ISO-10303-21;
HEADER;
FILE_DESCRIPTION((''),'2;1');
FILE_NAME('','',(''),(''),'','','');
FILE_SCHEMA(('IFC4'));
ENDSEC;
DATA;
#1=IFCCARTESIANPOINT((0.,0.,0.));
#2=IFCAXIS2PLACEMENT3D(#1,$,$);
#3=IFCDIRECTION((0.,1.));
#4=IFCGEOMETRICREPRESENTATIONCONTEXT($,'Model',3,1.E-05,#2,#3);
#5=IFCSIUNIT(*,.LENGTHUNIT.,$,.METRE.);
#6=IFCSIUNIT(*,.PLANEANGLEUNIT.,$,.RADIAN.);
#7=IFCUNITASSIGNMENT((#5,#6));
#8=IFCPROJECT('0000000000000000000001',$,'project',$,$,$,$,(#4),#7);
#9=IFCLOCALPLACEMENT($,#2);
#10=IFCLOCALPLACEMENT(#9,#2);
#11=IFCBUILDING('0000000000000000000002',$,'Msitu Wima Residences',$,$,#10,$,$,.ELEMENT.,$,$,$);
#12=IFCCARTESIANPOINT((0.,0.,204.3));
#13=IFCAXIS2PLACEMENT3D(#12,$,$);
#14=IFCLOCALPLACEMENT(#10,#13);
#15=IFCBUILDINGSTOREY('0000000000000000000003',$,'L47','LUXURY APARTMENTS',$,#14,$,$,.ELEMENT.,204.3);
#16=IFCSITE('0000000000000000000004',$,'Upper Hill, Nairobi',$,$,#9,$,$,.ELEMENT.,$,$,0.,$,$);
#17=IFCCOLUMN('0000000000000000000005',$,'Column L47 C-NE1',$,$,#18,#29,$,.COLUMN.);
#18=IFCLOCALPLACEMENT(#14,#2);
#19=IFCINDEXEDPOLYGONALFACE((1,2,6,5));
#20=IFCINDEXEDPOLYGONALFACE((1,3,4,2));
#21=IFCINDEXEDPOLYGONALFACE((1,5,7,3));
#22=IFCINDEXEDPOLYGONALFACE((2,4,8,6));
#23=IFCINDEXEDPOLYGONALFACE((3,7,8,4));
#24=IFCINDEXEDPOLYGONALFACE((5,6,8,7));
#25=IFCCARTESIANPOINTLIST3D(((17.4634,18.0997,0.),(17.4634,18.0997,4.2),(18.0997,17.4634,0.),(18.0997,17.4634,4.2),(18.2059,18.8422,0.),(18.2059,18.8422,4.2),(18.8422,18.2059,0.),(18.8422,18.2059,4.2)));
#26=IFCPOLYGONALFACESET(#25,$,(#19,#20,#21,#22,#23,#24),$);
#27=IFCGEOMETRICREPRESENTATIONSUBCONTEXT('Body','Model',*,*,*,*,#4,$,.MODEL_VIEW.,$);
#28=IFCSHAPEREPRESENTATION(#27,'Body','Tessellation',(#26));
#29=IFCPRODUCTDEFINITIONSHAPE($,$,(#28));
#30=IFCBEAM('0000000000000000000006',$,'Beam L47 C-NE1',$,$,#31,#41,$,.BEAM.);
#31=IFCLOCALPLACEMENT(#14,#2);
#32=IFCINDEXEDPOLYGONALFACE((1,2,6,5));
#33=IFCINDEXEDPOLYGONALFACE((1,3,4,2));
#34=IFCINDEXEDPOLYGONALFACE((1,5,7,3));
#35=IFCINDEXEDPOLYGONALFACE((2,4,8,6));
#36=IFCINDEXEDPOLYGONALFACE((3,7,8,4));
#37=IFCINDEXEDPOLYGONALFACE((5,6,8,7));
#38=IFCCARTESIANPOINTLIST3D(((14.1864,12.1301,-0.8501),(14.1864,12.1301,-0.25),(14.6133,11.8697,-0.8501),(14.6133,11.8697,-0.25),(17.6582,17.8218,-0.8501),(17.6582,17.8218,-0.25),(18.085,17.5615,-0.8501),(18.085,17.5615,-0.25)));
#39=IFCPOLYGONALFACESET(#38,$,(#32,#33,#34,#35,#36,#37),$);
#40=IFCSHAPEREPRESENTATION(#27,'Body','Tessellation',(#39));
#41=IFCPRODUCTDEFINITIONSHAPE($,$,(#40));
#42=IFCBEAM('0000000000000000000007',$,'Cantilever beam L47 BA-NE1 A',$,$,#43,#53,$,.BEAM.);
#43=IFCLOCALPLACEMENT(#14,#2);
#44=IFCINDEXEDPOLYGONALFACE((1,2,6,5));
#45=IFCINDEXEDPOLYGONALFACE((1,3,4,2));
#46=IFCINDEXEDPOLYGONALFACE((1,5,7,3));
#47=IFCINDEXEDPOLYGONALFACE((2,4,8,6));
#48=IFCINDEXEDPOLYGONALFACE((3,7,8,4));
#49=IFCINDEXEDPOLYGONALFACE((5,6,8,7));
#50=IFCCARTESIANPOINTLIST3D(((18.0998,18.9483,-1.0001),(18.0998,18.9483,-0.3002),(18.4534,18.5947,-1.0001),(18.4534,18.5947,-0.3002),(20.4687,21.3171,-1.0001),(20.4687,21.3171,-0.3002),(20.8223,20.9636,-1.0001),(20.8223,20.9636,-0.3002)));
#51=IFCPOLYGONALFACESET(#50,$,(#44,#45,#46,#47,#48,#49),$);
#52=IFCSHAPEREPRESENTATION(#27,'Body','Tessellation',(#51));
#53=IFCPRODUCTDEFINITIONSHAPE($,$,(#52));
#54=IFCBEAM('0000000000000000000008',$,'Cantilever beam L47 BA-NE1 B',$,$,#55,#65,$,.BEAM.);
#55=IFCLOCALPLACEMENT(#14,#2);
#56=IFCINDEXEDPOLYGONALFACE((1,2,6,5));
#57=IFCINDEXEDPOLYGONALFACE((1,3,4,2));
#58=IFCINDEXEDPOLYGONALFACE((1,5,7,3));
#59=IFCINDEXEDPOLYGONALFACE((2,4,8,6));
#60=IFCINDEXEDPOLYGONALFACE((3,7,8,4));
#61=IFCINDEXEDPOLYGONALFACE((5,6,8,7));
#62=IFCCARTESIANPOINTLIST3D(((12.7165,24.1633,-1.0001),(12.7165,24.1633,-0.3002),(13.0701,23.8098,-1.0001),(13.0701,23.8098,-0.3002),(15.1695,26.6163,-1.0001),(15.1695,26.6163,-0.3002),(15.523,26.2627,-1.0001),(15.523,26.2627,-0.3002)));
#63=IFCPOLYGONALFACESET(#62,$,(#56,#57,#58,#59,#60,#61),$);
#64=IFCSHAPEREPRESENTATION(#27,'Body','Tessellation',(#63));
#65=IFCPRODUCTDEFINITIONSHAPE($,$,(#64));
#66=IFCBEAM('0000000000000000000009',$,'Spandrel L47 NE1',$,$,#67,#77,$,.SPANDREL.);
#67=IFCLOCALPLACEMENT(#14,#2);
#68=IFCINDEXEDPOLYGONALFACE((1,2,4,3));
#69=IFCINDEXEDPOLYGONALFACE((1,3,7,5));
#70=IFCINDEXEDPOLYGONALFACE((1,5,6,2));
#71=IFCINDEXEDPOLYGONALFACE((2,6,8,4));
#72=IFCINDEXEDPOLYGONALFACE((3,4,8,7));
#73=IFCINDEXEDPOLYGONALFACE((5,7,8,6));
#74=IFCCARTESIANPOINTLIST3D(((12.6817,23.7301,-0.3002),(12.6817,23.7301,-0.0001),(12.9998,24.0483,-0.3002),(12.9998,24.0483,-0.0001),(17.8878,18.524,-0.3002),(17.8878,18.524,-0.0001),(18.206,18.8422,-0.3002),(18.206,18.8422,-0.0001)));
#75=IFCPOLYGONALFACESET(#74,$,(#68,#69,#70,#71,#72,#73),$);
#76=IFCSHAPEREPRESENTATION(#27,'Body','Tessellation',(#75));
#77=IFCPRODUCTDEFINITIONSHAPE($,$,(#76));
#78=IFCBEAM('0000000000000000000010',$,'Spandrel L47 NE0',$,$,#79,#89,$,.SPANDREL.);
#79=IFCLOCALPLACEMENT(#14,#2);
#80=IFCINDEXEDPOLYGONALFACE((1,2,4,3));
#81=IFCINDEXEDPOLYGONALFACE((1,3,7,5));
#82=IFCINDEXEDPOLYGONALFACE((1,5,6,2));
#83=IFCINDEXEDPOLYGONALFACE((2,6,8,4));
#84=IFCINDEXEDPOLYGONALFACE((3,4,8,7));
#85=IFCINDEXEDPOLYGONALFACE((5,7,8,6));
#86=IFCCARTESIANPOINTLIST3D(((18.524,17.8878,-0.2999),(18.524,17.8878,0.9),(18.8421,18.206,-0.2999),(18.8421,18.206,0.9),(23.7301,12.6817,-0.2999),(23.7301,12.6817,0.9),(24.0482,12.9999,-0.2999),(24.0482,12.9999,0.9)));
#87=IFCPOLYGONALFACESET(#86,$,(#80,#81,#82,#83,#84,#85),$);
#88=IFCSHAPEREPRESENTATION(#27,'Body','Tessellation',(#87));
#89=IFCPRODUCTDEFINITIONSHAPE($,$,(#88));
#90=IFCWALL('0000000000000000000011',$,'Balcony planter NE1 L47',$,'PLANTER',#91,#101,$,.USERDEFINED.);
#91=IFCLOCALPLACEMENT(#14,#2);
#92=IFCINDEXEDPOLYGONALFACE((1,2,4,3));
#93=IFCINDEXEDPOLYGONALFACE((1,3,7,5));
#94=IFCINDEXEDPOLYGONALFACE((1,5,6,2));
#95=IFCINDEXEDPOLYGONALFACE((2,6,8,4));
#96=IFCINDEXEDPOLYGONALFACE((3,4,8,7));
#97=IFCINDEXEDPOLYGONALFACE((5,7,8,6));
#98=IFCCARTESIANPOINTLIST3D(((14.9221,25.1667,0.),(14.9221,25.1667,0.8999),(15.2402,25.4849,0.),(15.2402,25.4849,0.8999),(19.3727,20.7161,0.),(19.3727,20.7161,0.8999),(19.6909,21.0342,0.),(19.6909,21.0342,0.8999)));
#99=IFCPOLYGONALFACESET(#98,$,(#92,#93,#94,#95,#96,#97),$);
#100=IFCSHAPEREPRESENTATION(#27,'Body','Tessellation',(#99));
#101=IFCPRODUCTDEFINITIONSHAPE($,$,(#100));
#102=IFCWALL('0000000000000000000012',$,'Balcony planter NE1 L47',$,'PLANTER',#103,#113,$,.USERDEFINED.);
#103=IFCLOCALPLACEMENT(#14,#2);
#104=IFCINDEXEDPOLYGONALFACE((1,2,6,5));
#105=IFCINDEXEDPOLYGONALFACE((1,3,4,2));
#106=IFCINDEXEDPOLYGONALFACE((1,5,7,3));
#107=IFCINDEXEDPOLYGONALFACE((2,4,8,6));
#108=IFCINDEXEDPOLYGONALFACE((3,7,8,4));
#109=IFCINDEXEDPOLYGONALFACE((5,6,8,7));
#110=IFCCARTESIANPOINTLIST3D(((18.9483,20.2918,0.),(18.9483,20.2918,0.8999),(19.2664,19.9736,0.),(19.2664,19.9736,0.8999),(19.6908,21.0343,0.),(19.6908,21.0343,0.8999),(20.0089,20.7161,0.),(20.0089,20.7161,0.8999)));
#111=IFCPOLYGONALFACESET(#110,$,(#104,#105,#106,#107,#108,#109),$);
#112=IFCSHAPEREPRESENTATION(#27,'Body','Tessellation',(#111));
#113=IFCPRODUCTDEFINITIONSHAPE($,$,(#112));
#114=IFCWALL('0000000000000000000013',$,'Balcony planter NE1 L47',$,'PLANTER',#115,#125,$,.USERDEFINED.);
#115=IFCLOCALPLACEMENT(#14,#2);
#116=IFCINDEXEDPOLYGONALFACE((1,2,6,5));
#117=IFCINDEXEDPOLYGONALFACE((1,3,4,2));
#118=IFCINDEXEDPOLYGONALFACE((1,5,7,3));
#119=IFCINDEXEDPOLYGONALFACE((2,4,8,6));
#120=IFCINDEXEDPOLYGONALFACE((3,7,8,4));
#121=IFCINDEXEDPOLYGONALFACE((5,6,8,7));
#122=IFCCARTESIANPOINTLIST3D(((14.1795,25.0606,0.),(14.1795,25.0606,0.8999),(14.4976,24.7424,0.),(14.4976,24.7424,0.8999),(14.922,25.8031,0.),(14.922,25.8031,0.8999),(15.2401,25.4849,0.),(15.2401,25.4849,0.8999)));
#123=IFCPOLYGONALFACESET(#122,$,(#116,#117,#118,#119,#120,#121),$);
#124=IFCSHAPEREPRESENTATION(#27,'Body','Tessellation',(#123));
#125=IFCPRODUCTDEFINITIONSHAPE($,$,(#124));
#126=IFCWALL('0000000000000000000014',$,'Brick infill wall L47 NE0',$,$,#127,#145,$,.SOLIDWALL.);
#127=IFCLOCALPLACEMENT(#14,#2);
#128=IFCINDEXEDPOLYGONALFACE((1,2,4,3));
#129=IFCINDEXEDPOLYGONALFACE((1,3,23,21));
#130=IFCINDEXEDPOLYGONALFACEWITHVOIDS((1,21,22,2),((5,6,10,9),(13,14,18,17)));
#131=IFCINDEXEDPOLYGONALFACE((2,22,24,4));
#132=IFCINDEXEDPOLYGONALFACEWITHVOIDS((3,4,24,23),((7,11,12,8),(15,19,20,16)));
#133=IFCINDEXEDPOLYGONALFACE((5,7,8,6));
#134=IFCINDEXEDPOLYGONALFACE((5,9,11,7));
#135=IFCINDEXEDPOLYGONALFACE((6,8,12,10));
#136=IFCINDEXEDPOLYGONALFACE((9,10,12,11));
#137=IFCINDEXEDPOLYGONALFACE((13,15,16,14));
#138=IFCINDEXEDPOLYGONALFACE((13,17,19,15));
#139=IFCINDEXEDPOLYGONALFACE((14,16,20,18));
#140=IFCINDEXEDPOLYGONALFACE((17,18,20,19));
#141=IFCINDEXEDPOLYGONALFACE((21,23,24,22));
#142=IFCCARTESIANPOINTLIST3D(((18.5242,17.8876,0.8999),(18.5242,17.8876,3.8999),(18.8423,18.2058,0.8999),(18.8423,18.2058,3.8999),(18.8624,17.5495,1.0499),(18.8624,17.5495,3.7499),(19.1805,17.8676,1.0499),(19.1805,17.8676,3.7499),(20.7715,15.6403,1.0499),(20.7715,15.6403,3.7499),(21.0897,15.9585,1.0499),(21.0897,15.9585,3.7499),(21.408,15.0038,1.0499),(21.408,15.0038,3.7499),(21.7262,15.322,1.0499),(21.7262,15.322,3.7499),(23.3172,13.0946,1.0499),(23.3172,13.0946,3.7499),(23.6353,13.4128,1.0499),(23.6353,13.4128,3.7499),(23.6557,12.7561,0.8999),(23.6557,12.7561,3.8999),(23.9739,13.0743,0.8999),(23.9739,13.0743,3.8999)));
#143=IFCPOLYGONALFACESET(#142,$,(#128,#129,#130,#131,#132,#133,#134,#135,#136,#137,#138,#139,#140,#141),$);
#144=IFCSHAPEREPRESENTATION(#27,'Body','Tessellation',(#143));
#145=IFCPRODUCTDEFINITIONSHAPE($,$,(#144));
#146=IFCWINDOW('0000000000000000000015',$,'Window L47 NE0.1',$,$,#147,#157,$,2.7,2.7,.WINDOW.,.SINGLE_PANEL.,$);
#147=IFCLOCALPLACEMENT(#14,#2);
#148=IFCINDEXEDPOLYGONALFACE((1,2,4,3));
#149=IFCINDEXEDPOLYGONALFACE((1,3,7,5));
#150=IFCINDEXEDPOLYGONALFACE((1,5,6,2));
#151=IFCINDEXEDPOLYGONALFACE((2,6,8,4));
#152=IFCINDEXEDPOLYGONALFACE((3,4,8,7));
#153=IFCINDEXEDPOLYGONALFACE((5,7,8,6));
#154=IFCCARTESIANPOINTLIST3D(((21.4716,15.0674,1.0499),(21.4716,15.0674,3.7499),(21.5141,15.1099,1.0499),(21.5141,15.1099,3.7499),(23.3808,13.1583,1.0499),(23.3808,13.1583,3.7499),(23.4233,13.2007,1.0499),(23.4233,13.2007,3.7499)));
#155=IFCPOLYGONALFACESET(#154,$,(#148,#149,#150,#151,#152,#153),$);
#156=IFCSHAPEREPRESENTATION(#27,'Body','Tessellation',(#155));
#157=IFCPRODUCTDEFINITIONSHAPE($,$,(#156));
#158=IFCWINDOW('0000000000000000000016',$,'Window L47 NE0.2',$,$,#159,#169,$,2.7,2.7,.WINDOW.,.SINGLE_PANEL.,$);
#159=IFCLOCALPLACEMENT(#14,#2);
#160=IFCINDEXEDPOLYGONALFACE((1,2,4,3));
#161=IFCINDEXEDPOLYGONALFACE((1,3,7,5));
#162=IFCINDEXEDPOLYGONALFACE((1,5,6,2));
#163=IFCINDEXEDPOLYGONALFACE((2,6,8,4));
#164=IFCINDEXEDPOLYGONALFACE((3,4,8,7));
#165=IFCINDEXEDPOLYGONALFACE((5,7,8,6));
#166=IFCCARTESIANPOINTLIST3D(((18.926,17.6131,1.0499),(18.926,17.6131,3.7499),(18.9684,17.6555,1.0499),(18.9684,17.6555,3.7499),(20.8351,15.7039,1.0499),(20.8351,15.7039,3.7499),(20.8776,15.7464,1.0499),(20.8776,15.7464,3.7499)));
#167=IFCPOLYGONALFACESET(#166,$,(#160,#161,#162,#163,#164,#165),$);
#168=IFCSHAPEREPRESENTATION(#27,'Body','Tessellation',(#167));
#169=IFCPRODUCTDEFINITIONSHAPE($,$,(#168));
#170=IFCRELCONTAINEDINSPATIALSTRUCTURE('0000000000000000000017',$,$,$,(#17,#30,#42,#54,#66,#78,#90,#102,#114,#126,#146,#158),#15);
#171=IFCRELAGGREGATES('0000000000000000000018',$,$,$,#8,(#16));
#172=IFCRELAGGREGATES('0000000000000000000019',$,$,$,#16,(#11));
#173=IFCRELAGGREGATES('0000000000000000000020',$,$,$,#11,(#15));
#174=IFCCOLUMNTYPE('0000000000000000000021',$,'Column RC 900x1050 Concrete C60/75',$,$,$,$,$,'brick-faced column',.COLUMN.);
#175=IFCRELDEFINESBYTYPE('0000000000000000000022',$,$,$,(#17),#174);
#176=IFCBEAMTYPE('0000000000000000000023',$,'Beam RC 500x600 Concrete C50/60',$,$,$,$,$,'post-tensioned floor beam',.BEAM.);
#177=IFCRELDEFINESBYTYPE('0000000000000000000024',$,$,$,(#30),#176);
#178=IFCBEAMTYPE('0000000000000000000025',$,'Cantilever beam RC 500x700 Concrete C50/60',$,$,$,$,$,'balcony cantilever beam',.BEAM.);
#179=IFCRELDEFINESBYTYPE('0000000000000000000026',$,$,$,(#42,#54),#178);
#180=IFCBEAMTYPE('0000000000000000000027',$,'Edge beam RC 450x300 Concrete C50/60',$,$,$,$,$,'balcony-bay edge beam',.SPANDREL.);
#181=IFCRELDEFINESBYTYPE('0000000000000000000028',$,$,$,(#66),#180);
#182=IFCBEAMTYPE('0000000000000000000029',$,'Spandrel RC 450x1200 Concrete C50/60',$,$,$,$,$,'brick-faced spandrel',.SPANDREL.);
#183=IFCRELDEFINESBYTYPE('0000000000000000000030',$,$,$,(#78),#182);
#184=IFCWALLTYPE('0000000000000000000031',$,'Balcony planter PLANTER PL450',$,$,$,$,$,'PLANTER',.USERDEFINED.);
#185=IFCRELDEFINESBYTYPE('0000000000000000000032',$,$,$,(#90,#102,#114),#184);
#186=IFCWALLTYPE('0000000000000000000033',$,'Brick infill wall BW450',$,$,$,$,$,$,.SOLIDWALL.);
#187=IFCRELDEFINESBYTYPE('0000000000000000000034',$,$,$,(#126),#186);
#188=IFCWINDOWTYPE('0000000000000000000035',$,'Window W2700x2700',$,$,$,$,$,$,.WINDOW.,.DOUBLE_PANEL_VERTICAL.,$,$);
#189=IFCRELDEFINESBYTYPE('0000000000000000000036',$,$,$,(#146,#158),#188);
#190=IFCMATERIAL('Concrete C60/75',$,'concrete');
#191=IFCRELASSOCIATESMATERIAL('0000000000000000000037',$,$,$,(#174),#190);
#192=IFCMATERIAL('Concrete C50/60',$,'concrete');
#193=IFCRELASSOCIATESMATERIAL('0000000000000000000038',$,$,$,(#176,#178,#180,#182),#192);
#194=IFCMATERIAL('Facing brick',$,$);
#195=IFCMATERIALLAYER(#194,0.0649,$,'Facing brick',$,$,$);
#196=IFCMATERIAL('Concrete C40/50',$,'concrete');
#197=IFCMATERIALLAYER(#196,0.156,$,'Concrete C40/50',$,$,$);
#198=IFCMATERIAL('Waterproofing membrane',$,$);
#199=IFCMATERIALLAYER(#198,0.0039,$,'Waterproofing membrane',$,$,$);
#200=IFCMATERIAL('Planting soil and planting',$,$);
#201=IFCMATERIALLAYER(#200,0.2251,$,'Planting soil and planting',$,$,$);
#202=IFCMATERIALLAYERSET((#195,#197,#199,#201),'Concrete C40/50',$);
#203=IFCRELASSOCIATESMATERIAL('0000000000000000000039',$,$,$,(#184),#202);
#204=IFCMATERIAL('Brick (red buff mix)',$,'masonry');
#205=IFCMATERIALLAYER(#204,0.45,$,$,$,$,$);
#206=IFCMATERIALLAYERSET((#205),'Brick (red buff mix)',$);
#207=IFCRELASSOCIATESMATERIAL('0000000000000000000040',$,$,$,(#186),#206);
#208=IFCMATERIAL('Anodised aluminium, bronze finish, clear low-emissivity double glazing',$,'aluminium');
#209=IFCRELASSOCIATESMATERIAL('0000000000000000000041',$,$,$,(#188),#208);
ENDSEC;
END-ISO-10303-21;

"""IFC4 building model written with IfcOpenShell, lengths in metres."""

from ifc_helpers import new_model, si_unit, direction, frame, frame_2d, origin, origin_2d, place, context, subcontext, project, spatial, rectangle, extrude, material, layer, layer_set, material_profile, profile_set, type_object, element, fill, save


model = new_model("IFC4")

# Units and contexts
model_context = context("Model", 3, precision=1e-05, world=origin(), true_north=direction((0.0, 1.0)))
body_context = subcontext(model_context, "Body", "Model", "MODEL_VIEW")
ifc_project = project(units=[si_unit("LENGTHUNIT", "METRE"), si_unit("PLANEANGLEUNIT", "RADIAN")], contexts=[model_context])

# Site, building, storey
site_placement = place(None, origin())
site = spatial("IfcSite", under=ifc_project, at=site_placement, Name="Upper Hill, Nairobi", CompositionType="ELEMENT", RefElevation=0.0)
building_placement = place(site_placement, origin())
building = spatial("IfcBuilding", under=site, at=building_placement, Name="Msitu Wima Residences", CompositionType="ELEMENT")
storey_placement = place(building_placement, frame((0.0, 0.0, 204.3)))
storey = spatial("IfcBuildingStorey", under=building, at=storey_placement, Name="L47", Description="LUXURY APARTMENTS", CompositionType="ELEMENT", Elevation=204.3)

# Column
ifc_material_1 = material(Name="Concrete C60/75", Category="concrete")
ifc_material_profile_1 = material_profile(ifc_material_1, rectangle(XDim=0.8999, YDim=1.05, at=origin_2d()), Name="RC 900x1050")
ifc_profile_set_1 = profile_set([ifc_material_profile_1], Name="Concrete C60/75")
column_type = type_object("IfcColumnType", Name="Column RC 900x1050 Concrete C60/75", ElementType="brick-faced column", PredefinedType="COLUMN", material=ifc_profile_set_1)
column_placement = place(storey_placement, frame((18.1528, 18.1528, 0.0), z_axis=(0.0, 0.0, 1.0), x_axis=(-0.707107, 0.707107, 0.0)))
element("IfcColumn", 1, at=column_placement, inside=storey, type_object=column_type, Name="Column L47 C-NE1", PredefinedType="COLUMN", context=body_context, shape_type="SweptSolid", body=[
    extrude(rectangle(XDim=0.8999, YDim=1.05, at=origin_2d()), origin(), (0.0, 0.0, 1.0), 4.2),
])

# Beams
ifc_material_2 = material(Name="Concrete C50/60", Category="concrete")
ifc_material_profile_2 = material_profile(ifc_material_2, rectangle(XDim=0.5, YDim=0.6001, at=origin_2d()), Name="RC 500x600")
ifc_profile_set_2 = profile_set([ifc_material_profile_2], Name="Concrete C50/60")
beam_type_1 = type_object("IfcBeamType", Name="Beam RC 500x600 Concrete C50/60", ElementType="post-tensioned floor beam", PredefinedType="BEAM", material=ifc_profile_set_2)
beam_1_placement = place(storey_placement, frame((17.8716, 17.6917, -0.55), z_axis=(-0.520734, -0.853719, 0.0), x_axis=(0.853719, -0.520734, 0.0)))
element("IfcBeam", 2, at=beam_1_placement, inside=storey, type_object=beam_type_1, Name="Beam L47 C-NE1", PredefinedType="BEAM", context=body_context, shape_type="SweptSolid", body=[
    extrude(rectangle(XDim=0.5, YDim=0.6001, at=origin_2d()), origin(), (0.0, 0.0, 1.0), 6.667),
])
ifc_material_profile_3 = material_profile(ifc_material_2, rectangle(XDim=0.5, YDim=0.7, at=origin_2d()), Name="RC 500x700")
ifc_profile_set_3 = profile_set([ifc_material_profile_3], Name="Concrete C50/60")
beam_type_2 = type_object("IfcBeamType", Name="Cantilever beam RC 500x700 Concrete C50/60", ElementType="balcony cantilever beam", PredefinedType="BEAM", material=ifc_profile_set_3)
beam_2_placement = place(storey_placement, frame((18.2766, 18.7715, -0.6501), z_axis=(0.707107, 0.707107, 0.0), x_axis=(-0.707107, 0.707107, 0.0)))
element("IfcBeam", 3, at=beam_2_placement, inside=storey, type_object=beam_type_2, Name="Cantilever beam L47 BA-NE1 A", PredefinedType="BEAM", context=body_context, shape_type="SweptSolid", body=[
    extrude(rectangle(XDim=0.5, YDim=0.7, at=origin_2d()), origin(), (0.0, 0.0, 1.0), 3.3501),
])
beam_3_placement = place(storey_placement, frame((12.8933, 23.9866, -0.6501), z_axis=(0.707107, 0.707107, 0.0), x_axis=(-0.707107, 0.707107, 0.0)))
element("IfcBeam", 4, at=beam_3_placement, inside=storey, type_object=beam_type_2, Name="Cantilever beam L47 BA-NE1 B", PredefinedType="BEAM", context=body_context, shape_type="SweptSolid", body=[
    extrude(rectangle(XDim=0.5, YDim=0.7, at=origin_2d()), origin(), (0.0, 0.0, 1.0), 3.469),
])
ifc_material_profile_4 = material_profile(ifc_material_2, rectangle(XDim=0.45, YDim=0.3, at=origin_2d()), Name="RC 450x300")
ifc_profile_set_4 = profile_set([ifc_material_profile_4], Name="Concrete C50/60")
beam_type_3 = type_object("IfcBeamType", Name="Edge beam RC 450x300 Concrete C50/60", ElementType="balcony-bay edge beam", PredefinedType="SPANDREL", material=ifc_profile_set_4)
beam_4_placement = place(storey_placement, frame((18.0469, 18.6831, -0.1501), z_axis=(-0.707107, 0.707107, 0.0), x_axis=(-0.707107, -0.707107, 0.0)))
element("IfcBeam", 5, at=beam_4_placement, inside=storey, type_object=beam_type_3, Name="Spandrel L47 NE1", PredefinedType="SPANDREL", context=body_context, shape_type="SweptSolid", body=[
    extrude(rectangle(XDim=0.45, YDim=0.3, at=origin_2d()), origin(), (0.0, 0.0, 1.0), 7.3625),
])
ifc_material_profile_5 = material_profile(ifc_material_2, rectangle(XDim=0.45, YDim=1.2, at=origin_2d()), Name="RC 450x1200")
ifc_profile_set_5 = profile_set([ifc_material_profile_5], Name="Concrete C50/60")
beam_type_4 = type_object("IfcBeamType", Name="Spandrel RC 450x1200 Concrete C50/60", ElementType="brick-faced spandrel", PredefinedType="SPANDREL", material=ifc_profile_set_5)
beam_5_placement = place(storey_placement, frame((23.8892, 12.8408, 0.3), z_axis=(-0.707107, 0.707107, 0.0), x_axis=(-0.707107, -0.707107, 0.0)))
element("IfcBeam", 6, at=beam_5_placement, inside=storey, type_object=beam_type_4, Name="Spandrel L47 NE0", PredefinedType="SPANDREL", context=body_context, shape_type="SweptSolid", body=[
    extrude(rectangle(XDim=0.45, YDim=1.2, at=origin_2d()), origin(), (0.0, 0.0, 1.0), 7.3625),
])

# Walls
ifc_material_3 = material(Name="Facing brick")
ifc_layer_1 = layer(ifc_material_3, 0.0649, Name="Facing brick")
ifc_material_4 = material(Name="Concrete C40/50", Category="concrete")
ifc_layer_2 = layer(ifc_material_4, 0.156, Name="Concrete C40/50")
ifc_material_5 = material(Name="Waterproofing membrane")
ifc_layer_3 = layer(ifc_material_5, 0.0039, Name="Waterproofing membrane")
ifc_material_6 = material(Name="Planting soil and planting")
ifc_layer_4 = layer(ifc_material_6, 0.2251, Name="Planting soil and planting")
ifc_layer_set_1 = layer_set([ifc_layer_1, ifc_layer_2, ifc_layer_3, ifc_layer_4], Name="Concrete C40/50")
wall_type_1 = type_object("IfcWallType", Name="Balcony planter PLANTER PL450", ElementType="PLANTER", PredefinedType="USERDEFINED", material=ifc_layer_set_1)
wall_1_placement = place(storey_placement, frame((19.5317, 20.8752, 0.0), z_axis=(0.0, 0.0, 1.0), x_axis=(-0.707107, 0.707107, 0.0)))
element("IfcWall", 7, at=wall_1_placement, inside=storey, type_object=wall_type_1, Name="Balcony planter NE1 L47", ObjectType="PLANTER", PredefinedType="USERDEFINED", context=body_context, shape_type="SweptSolid", body=[
    extrude(rectangle(XDim=6.2942, YDim=0.45, at=frame_2d((3.147, 0.0))), origin(), (0.0, 0.0, 1.0), 0.8999),
])
for number, where, z_axis, x_axis, name in (
    (8, (19.1074, 20.1328, 0.0), (0.0, 0.0, 1.0), (0.707107, 0.707107, 0.0), "Balcony planter NE1 L47"),
    (9, (14.3386, 24.9016, 0.0), (0.0, 0.0, 1.0), (0.707107, 0.707107, 0.0), "Balcony planter NE1 L47"),
):
    element("IfcWall", number, at=place(storey_placement, frame(where, z_axis=z_axis, x_axis=x_axis)), inside=storey, type_object=wall_type_1, Name=name, ObjectType="PLANTER", PredefinedType="USERDEFINED", context=body_context, shape_type="SweptSolid", body=[
        extrude(rectangle(XDim=1.05, YDim=0.45, at=frame_2d((0.5249, 0.0))), origin(), (0.0, 0.0, 1.0), 0.8999),
    ])

# Wall, openings, windows
ifc_material_7 = material(Name="Brick (red buff mix)", Category="masonry")
ifc_layer_5 = layer(ifc_material_7, 0.45)
ifc_layer_set_2 = layer_set([ifc_layer_5], Name="Brick (red buff mix)")
wall_type_2 = type_object("IfcWallType", Name="Brick infill wall BW450", PredefinedType="SOLIDWALL", material=ifc_layer_set_2)
wall_2_placement = place(storey_placement, frame((23.8147, 12.9153, 0.8999), z_axis=(0.0, 0.0, 1.0), x_axis=(-0.707107, 0.707107, 0.0)))
wall_2 = element("IfcWall", 10, at=wall_2_placement, inside=storey, type_object=wall_type_2, Name="Brick infill wall L47 NE0", PredefinedType="SOLIDWALL", context=body_context, shape_type="SweptSolid", body=[
    extrude(rectangle(XDim=7.2571, YDim=0.45, at=frame_2d((3.6284, 0.0))), origin(), (0.0, 0.0, 1.0), 3.0),
])
opening_1_placement = place(wall_2_placement, frame((0.4785, 0.0, 0.1499)))
opening_1 = element("IfcOpeningElement", 11, at=opening_1_placement, cuts=wall_2, PredefinedType="OPENING", context=body_context, shape_type="SweptSolid", body=[
    extrude(rectangle(XDim=2.7, YDim=2.7, at=frame_2d((1.3501, 1.3501))), frame((0.0, 0.2349, 0.0), z_axis=(0.0, -1.0, 0.0), x_axis=(1.0, 0.0, 0.0)), (0.0, 0.0, 1.0), 0.47),
])
opening_2_placement = place(wall_2_placement, frame((4.0786, 0.0, 0.1499)))
opening_2 = element("IfcOpeningElement", 12, at=opening_2_placement, cuts=wall_2, PredefinedType="OPENING", context=body_context, shape_type="SweptSolid", body=[
    extrude(rectangle(XDim=2.7, YDim=2.7, at=frame_2d((1.3501, 1.3501))), frame((0.0, 0.2349, 0.0), z_axis=(0.0, -1.0, 0.0), x_axis=(1.0, 0.0, 0.0)), (0.0, 0.0, 1.0), 0.47),
])
ifc_material_8 = material(Name="Anodised aluminium, bronze finish, clear low-emissivity double glazing", Category="aluminium")
window_type = type_object("IfcWindowType", Name="Window W2700x2700", PartitioningType="DOUBLE_PANEL_VERTICAL", PredefinedType="WINDOW", material=ifc_material_8)
window_1_placement = place(opening_1_placement, origin())
window_1 = element("IfcWindow", 13, at=window_1_placement, inside=storey, type_object=window_type, Name="Window L47 NE0.1", OverallHeight=2.7, OverallWidth=2.7, PartitioningType="SINGLE_PANEL", PredefinedType="WINDOW", context=body_context, shape_type="SweptSolid", body=[
    extrude(rectangle(XDim=2.7, YDim=2.7, at=frame_2d((1.3501, 1.3501))), frame((0.0, 0.135, 0.0), z_axis=(0.0, -1.0, 0.0), x_axis=(1.0, 0.0, 0.0)), (0.0, 0.0, 1.0), 0.0601),
])
fill(opening_1, window_1)
window_2_placement = place(opening_2_placement, origin())
window_2 = element("IfcWindow", 14, at=window_2_placement, inside=storey, type_object=window_type, Name="Window L47 NE0.2", OverallHeight=2.7, OverallWidth=2.7, PartitioningType="SINGLE_PANEL", PredefinedType="WINDOW", context=body_context, shape_type="SweptSolid", body=[
    extrude(rectangle(XDim=2.7, YDim=2.7, at=frame_2d((1.3501, 1.3501))), frame((0.0, 0.135, 0.0), z_axis=(0.0, -1.0, 0.0), x_axis=(1.0, 0.0, 0.0)), (0.0, 0.0, 1.0), 0.0601),
])
fill(opening_2, window_2)

save(model, "model.ifc")
